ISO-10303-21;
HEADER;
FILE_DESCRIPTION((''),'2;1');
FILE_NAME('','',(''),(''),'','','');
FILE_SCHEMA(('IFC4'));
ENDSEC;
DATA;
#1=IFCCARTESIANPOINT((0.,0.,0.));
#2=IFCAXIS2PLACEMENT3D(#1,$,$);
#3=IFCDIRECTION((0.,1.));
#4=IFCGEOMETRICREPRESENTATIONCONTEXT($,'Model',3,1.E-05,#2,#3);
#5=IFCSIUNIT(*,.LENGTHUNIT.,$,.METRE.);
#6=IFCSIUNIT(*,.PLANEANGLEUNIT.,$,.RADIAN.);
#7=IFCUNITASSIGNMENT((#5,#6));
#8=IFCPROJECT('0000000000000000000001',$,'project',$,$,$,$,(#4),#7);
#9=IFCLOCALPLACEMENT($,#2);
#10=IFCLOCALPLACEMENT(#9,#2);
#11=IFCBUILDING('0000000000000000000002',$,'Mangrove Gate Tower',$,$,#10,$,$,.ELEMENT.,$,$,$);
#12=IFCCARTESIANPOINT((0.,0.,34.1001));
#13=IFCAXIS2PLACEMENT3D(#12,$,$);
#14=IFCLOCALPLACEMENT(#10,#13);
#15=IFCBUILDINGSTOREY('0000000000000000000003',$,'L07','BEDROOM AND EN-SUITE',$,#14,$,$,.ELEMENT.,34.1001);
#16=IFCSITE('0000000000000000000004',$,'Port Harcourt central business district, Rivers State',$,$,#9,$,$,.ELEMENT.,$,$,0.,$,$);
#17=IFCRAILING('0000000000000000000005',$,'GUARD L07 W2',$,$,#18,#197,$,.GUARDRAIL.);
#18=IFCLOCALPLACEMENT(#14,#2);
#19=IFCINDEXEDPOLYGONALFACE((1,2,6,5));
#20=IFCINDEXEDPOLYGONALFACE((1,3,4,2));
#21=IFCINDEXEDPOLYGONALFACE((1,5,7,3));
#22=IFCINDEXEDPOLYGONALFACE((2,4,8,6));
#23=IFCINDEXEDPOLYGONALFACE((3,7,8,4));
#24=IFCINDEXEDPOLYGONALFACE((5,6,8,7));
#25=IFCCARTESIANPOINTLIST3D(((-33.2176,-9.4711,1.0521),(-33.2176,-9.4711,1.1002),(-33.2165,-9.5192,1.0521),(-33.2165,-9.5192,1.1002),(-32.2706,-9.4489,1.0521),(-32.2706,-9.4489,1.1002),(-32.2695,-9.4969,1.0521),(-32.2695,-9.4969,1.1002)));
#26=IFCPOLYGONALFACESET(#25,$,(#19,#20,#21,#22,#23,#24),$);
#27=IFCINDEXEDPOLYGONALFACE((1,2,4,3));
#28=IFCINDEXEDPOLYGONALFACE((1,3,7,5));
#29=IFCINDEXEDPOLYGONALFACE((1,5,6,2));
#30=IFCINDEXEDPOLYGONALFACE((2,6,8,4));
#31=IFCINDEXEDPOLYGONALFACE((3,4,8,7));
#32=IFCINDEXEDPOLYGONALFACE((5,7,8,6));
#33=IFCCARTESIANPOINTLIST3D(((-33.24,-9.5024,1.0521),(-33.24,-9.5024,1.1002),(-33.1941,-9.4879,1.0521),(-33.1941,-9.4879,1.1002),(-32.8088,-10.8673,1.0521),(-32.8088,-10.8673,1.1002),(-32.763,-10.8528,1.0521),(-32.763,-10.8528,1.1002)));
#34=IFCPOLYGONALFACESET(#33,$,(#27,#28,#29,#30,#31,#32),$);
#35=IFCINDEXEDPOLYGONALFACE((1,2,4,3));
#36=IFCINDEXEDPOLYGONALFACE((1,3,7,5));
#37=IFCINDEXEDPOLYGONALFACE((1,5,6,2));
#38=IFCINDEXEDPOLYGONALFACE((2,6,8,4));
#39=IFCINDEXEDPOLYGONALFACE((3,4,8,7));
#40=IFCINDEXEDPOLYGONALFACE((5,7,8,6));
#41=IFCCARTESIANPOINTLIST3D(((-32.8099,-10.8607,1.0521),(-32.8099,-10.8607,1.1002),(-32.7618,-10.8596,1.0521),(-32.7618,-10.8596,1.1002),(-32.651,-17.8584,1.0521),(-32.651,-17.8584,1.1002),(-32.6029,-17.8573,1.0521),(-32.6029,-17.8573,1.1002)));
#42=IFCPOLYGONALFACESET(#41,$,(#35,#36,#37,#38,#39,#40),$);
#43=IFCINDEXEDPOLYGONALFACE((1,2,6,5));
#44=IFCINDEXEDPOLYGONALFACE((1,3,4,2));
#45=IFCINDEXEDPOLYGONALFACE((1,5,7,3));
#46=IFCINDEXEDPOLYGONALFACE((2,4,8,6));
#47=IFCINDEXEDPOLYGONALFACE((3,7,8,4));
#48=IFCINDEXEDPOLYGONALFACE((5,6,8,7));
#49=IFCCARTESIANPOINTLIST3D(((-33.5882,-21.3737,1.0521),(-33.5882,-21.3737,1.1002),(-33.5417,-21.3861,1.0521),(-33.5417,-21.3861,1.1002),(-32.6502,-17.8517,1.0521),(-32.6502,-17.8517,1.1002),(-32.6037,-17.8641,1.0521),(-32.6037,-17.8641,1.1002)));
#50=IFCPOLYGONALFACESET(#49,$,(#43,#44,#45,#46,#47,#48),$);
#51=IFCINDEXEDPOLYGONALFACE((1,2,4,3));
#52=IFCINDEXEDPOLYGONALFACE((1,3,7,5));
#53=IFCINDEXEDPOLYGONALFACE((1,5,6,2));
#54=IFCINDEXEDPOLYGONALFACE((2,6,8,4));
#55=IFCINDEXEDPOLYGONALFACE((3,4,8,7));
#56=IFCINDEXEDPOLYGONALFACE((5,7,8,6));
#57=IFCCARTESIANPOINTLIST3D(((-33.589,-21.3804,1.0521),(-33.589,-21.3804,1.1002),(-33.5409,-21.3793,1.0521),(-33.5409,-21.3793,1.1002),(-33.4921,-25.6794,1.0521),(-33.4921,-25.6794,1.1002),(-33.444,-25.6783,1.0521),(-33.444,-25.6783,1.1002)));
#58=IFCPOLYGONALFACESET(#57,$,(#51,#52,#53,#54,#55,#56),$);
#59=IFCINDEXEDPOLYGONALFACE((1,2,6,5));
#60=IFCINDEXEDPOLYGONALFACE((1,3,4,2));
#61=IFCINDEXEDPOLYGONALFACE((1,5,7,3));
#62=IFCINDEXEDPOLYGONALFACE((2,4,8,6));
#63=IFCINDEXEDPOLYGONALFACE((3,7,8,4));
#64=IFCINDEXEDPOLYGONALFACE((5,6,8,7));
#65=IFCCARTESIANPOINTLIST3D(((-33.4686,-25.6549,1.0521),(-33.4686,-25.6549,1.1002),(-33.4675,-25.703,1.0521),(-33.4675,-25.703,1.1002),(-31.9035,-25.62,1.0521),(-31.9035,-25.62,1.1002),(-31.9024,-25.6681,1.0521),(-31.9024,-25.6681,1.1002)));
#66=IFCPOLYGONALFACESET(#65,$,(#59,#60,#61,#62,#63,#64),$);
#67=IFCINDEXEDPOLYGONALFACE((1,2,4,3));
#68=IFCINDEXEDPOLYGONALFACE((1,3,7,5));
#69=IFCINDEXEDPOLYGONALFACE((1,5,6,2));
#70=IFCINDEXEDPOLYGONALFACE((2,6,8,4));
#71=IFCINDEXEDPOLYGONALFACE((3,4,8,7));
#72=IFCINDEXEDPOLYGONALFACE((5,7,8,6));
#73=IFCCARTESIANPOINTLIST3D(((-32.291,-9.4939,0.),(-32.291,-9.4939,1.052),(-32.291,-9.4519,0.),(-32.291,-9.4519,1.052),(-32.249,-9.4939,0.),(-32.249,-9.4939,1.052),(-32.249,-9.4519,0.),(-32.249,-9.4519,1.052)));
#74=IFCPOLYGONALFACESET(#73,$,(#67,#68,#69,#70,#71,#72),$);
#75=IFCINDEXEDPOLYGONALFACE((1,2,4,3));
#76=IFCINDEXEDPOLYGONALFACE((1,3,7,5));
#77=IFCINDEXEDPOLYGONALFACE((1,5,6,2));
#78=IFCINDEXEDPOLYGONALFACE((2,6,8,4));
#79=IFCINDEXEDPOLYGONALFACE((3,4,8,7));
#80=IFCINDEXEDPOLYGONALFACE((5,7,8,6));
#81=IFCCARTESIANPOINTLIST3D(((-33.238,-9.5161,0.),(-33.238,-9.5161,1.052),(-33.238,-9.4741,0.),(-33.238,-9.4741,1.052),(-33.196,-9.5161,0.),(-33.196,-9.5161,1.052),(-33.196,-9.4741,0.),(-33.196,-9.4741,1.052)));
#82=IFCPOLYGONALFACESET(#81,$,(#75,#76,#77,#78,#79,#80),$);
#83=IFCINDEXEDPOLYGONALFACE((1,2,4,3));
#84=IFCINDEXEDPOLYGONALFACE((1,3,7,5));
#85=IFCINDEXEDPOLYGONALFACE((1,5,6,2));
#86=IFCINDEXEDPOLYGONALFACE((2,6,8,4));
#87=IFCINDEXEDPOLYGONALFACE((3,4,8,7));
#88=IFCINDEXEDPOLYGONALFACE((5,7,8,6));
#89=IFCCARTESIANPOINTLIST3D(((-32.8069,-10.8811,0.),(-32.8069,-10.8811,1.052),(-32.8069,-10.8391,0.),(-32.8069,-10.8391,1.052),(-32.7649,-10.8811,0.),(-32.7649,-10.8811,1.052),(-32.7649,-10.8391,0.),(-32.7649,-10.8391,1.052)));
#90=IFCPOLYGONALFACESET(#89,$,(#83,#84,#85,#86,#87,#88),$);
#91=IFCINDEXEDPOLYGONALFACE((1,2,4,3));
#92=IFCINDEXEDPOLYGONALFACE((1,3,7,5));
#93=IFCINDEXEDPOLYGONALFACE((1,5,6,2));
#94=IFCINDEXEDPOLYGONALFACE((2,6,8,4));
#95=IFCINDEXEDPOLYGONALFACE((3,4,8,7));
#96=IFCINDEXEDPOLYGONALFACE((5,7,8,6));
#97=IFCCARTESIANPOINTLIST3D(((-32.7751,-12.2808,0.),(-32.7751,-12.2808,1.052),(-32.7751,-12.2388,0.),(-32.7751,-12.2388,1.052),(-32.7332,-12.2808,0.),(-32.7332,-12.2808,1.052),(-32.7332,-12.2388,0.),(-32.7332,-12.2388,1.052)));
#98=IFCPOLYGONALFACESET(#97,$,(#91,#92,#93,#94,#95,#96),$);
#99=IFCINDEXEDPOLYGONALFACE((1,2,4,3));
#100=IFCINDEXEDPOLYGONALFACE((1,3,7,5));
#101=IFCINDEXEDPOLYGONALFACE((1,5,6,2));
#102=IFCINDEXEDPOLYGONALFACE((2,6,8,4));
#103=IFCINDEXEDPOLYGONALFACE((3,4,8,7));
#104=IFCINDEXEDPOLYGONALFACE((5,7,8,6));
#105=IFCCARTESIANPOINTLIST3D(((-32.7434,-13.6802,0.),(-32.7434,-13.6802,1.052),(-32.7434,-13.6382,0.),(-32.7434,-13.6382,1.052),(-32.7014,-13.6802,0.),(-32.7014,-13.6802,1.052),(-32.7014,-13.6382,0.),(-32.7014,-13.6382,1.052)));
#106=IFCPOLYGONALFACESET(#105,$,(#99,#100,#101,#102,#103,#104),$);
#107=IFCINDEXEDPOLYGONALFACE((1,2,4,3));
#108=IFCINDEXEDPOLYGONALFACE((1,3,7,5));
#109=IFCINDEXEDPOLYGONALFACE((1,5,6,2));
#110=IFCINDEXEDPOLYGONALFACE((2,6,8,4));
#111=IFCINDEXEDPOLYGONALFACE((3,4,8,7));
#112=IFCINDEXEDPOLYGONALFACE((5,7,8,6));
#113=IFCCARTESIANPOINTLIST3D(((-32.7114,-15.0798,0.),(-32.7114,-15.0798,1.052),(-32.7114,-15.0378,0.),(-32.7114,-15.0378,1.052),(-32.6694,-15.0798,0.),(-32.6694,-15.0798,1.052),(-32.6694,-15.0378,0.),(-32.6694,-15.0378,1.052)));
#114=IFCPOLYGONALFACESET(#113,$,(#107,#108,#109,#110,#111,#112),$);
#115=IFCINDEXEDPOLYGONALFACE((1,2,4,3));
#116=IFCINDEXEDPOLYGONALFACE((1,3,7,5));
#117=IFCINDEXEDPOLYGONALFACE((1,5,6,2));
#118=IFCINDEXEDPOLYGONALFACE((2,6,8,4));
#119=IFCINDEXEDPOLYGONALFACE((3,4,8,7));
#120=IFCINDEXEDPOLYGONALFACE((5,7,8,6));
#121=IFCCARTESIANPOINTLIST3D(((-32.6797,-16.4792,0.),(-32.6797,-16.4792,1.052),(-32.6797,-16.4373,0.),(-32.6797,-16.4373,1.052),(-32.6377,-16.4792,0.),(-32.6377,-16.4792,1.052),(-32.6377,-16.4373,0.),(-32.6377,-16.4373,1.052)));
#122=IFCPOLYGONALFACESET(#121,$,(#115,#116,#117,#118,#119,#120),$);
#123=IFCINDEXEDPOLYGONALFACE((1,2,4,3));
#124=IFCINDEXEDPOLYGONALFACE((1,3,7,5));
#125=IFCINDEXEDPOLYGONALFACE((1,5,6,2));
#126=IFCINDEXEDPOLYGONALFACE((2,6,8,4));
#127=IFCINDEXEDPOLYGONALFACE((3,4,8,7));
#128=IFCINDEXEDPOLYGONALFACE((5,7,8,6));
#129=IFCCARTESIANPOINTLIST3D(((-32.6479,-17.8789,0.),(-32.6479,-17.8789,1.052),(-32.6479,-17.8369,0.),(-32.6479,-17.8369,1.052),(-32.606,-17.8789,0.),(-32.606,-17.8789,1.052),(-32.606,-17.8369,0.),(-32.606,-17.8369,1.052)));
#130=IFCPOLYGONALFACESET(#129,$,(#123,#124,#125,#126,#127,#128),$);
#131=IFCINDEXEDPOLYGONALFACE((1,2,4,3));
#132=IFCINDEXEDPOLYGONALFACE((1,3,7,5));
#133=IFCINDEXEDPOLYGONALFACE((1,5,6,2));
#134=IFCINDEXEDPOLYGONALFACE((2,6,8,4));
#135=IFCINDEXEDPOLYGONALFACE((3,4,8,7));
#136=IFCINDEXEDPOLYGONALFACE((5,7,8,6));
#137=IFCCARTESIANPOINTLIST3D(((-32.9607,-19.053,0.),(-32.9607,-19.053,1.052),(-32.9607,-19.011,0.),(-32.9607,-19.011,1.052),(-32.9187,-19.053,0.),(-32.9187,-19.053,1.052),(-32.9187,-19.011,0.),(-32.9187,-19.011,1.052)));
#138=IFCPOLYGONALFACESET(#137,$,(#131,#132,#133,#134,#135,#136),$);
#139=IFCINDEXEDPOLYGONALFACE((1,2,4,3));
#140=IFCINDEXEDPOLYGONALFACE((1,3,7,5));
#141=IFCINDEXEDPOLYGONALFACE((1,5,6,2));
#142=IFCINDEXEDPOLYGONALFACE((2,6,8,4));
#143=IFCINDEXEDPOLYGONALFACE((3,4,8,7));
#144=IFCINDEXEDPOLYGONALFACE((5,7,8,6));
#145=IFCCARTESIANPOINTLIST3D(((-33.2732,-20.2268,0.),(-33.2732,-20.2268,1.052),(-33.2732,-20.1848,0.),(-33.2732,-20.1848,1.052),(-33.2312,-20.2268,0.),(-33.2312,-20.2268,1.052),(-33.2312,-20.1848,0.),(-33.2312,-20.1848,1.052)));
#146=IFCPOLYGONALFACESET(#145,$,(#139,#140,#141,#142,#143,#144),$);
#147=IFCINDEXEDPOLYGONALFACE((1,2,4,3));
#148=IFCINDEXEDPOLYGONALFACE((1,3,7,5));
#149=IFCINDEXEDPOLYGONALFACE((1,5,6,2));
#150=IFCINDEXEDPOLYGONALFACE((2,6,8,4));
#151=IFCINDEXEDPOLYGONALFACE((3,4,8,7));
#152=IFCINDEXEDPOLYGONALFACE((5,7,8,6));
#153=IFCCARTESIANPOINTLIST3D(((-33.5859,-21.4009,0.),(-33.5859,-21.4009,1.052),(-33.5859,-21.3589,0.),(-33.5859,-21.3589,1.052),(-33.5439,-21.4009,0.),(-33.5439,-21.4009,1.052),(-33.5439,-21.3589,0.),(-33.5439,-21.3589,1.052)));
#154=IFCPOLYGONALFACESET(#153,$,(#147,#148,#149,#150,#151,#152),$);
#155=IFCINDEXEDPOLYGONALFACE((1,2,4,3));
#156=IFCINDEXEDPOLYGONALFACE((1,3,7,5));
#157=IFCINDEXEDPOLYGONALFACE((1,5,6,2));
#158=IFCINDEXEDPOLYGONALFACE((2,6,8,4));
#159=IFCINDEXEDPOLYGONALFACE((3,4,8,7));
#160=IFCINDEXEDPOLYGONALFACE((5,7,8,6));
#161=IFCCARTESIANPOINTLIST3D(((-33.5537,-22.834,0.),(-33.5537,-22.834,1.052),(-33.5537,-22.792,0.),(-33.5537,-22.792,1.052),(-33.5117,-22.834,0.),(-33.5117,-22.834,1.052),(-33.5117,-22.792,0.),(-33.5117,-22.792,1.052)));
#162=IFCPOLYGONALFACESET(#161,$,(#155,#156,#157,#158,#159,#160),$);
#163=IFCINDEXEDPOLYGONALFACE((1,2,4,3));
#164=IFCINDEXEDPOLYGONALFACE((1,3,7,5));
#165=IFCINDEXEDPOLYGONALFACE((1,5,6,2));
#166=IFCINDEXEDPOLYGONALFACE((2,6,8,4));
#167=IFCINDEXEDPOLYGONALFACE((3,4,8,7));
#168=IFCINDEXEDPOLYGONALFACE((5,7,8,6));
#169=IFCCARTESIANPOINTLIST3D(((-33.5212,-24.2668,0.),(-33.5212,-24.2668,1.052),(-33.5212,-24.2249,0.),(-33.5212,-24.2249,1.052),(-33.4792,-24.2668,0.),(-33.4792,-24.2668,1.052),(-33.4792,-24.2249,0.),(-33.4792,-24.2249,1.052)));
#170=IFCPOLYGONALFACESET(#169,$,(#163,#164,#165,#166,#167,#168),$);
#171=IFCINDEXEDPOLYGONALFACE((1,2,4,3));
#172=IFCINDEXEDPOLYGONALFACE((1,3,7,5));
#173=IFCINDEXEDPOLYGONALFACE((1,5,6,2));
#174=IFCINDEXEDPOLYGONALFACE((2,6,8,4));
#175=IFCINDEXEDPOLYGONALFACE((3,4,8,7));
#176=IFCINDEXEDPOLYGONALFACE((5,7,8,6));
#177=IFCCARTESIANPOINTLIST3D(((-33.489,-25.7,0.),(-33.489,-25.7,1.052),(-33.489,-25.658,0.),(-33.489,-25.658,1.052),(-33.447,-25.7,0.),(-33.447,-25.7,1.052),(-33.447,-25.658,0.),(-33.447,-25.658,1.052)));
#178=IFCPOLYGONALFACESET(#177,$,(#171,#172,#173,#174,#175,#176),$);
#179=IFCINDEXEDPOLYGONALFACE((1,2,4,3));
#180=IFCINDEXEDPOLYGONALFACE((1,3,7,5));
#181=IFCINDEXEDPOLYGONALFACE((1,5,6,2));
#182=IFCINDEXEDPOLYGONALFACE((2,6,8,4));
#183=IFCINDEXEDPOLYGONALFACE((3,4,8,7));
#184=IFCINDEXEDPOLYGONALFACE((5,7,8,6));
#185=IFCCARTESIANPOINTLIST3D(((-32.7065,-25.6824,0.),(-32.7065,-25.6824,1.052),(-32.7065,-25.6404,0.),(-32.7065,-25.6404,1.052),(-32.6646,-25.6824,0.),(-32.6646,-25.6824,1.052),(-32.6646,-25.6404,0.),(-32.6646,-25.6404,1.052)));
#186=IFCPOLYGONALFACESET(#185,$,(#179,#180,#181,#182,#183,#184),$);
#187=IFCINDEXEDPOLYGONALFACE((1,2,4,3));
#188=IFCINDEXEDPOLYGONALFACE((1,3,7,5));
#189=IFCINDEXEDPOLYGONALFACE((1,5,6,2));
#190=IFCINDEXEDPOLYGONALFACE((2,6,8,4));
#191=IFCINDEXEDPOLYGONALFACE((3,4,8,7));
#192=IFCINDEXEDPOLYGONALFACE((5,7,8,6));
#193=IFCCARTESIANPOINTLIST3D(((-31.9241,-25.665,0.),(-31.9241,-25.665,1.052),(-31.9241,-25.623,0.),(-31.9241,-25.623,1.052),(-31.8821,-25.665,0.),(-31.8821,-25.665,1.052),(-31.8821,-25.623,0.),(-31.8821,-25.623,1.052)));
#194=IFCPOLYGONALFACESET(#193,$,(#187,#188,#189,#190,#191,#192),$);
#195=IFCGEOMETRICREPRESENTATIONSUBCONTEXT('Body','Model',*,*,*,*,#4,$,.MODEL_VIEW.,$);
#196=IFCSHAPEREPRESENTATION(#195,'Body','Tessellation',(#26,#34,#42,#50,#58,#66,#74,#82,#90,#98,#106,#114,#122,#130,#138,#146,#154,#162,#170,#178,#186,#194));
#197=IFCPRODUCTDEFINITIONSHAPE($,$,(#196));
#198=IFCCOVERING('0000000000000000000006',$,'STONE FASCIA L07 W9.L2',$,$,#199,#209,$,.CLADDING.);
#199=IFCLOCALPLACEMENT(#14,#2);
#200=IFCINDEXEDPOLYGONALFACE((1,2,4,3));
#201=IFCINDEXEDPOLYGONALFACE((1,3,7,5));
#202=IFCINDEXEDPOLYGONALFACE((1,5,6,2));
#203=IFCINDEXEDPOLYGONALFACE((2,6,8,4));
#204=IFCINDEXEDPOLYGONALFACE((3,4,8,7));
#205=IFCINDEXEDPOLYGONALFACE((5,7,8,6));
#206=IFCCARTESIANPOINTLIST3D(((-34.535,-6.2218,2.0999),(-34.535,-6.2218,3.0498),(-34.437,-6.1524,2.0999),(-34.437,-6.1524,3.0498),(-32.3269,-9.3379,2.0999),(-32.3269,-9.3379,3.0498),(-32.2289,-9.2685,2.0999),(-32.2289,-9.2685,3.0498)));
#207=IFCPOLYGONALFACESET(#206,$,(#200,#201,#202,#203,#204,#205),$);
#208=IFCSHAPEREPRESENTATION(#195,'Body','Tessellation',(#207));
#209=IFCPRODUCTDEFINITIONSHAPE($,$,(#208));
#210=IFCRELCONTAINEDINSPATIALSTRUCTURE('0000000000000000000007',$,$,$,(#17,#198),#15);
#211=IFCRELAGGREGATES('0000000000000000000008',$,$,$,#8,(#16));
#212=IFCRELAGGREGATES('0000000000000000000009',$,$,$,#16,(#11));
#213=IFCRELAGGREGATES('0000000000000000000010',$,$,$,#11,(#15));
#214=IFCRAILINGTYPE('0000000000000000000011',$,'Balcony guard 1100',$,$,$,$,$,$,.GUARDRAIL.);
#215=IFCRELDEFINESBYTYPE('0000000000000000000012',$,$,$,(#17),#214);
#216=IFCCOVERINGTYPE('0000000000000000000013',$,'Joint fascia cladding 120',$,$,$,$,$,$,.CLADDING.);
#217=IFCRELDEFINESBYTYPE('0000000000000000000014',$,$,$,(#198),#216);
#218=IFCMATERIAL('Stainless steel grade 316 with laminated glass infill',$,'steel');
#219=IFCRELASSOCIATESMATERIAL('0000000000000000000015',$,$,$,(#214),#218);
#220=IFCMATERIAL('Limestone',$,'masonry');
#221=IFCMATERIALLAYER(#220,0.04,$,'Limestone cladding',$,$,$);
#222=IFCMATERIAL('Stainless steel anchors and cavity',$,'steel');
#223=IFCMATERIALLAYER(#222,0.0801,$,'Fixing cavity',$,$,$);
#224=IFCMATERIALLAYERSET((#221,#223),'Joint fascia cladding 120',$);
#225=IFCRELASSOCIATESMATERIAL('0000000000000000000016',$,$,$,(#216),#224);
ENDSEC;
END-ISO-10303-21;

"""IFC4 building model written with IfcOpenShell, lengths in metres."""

from ifc_helpers import new_model, si_unit, direction, frame, frame_2d, origin, origin_2d, place, context, subcontext, project, spatial, rectangle, extrude, material, layer, layer_set, type_object, element, save


model = new_model("IFC4")

# Units and contexts
model_context = context("Model", 3, precision=1e-05, world=origin(), true_north=direction((0.0, 1.0)))
body_context = subcontext(model_context, "Body", "Model", "MODEL_VIEW")
ifc_project = project(units=[si_unit("LENGTHUNIT", "METRE"), si_unit("PLANEANGLEUNIT", "RADIAN")], contexts=[model_context])

# Site, building, storey
site_placement = place(None, origin())
site = spatial("IfcSite", under=ifc_project, at=site_placement, Name="Port Harcourt central business district, Rivers State", CompositionType="ELEMENT", RefElevation=0.0)
building_placement = place(site_placement, origin())
building = spatial("IfcBuilding", under=site, at=building_placement, Name="Mangrove Gate Tower", CompositionType="ELEMENT")
storey_placement = place(building_placement, frame((0.0, 0.0, 34.1001)))
storey = spatial("IfcBuildingStorey", under=building, at=storey_placement, Name="L07", Description="BEDROOM AND EN-SUITE", CompositionType="ELEMENT", Elevation=34.1001)

# Shared definitions
ifc_material_1 = material(Name="Limestone", Category="masonry")

# Railing
ifc_material_2 = material(Name="Stainless steel grade 316 with laminated glass infill", Category="steel")
railing_type = type_object("IfcRailingType", Name="Balcony guard 1100", PredefinedType="GUARDRAIL", material=ifc_material_2)
railing_placement = place(storey_placement, frame((-32.27, -9.4729, 0.0)))
element("IfcRailing", 1, at=railing_placement, inside=storey, type_object=railing_type, Name="GUARD L07 W2", PredefinedType="GUARDRAIL", context=body_context, shape_type="SweptSolid", body=[
    extrude(rectangle(XDim=0.0481, YDim=0.0481, at=origin_2d()), frame((0.0, 0.0, 1.0762), z_axis=(-0.999725, -0.023453, 0.0), x_axis=(0.023453, -0.999725, 0.0)), (0.0, 0.0, 1.0), 0.9473),
    extrude(rectangle(XDim=0.0481, YDim=0.0481, at=origin_2d()), frame((-0.947, -0.0222, 1.0762), z_axis=(0.301197, -0.953562, 0.0), x_axis=(0.953562, 0.301197, 0.0)), (0.0, 0.0, 1.0), 1.4314),
    extrude(rectangle(XDim=0.0481, YDim=0.0481, at=origin_2d()), frame((-0.5159, -1.3872, 1.0762), z_axis=(0.022706, -0.999742, 0.0), x_axis=(0.999742, 0.022706, 0.0)), (0.0, 0.0, 1.0), 6.9995),
    extrude(rectangle(XDim=0.0481, YDim=0.0481, at=origin_2d()), frame((-0.3569, -8.385, 1.0762), z_axis=(-0.257354, -0.966317, 0.0), x_axis=(0.966317, -0.257354, 0.0)), (0.0, 0.0, 1.0), 3.6448),
    extrude(rectangle(XDim=0.0481, YDim=0.0481, at=origin_2d()), frame((-1.2949, -11.907, 1.0762), z_axis=(0.02254, -0.999746, 0.0), x_axis=(0.999746, 0.02254, 0.0)), (0.0, 0.0, 1.0), 4.3),
    extrude(rectangle(XDim=0.0481, YDim=0.0481, at=origin_2d()), frame((-1.198, -16.2061, 1.0762), z_axis=(0.999751, 0.022303, 0.0), x_axis=(-0.022303, 0.999751, 0.0)), (0.0, 0.0, 1.0), 1.5654),
    extrude(rectangle(XDim=0.042, YDim=0.042, at=origin_2d()), origin(), (0.0, 0.0, 1.0), 1.052),
    extrude(rectangle(XDim=0.042, YDim=0.042, at=origin_2d()), frame((-0.947, -0.0222, 0.0)), (0.0, 0.0, 1.0), 1.052),
    extrude(rectangle(XDim=0.042, YDim=0.042, at=origin_2d()), frame((-0.5159, -1.3872, 0.0)), (0.0, 0.0, 1.0), 1.052),
    extrude(rectangle(XDim=0.042, YDim=0.042, at=origin_2d()), frame((-0.4841, -2.7869, 0.0)), (0.0, 0.0, 1.0), 1.052),
    extrude(rectangle(XDim=0.042, YDim=0.042, at=origin_2d()), frame((-0.4524, -4.1863, 0.0)), (0.0, 0.0, 1.0), 1.052),
    extrude(rectangle(XDim=0.042, YDim=0.042, at=origin_2d()), frame((-0.4204, -5.5859, 0.0)), (0.0, 0.0, 1.0), 1.052),
    extrude(rectangle(XDim=0.042, YDim=0.042, at=origin_2d()), frame((-0.3887, -6.9854, 0.0)), (0.0, 0.0, 1.0), 1.052),
    extrude(rectangle(XDim=0.042, YDim=0.042, at=origin_2d()), frame((-0.3569, -8.385, 0.0)), (0.0, 0.0, 1.0), 1.052),
    extrude(rectangle(XDim=0.042, YDim=0.042, at=origin_2d()), frame((-0.6697, -9.5591, 0.0)), (0.0, 0.0, 1.0), 1.052),
    extrude(rectangle(XDim=0.042, YDim=0.042, at=origin_2d()), frame((-0.9822, -10.7329, 0.0)), (0.0, 0.0, 1.0), 1.052),
    extrude(rectangle(XDim=0.042, YDim=0.042, at=origin_2d()), frame((-1.2949, -11.907, 0.0)), (0.0, 0.0, 1.0), 1.052),
    extrude(rectangle(XDim=0.042, YDim=0.042, at=origin_2d()), frame((-1.2627, -13.3401, 0.0)), (0.0, 0.0, 1.0), 1.052),
    extrude(rectangle(XDim=0.042, YDim=0.042, at=origin_2d()), frame((-1.2302, -14.7729, 0.0)), (0.0, 0.0, 1.0), 1.052),
    extrude(rectangle(XDim=0.042, YDim=0.042, at=origin_2d()), frame((-1.198, -16.2061, 0.0)), (0.0, 0.0, 1.0), 1.052),
    extrude(rectangle(XDim=0.042, YDim=0.042, at=origin_2d()), frame((-0.4155, -16.1885, 0.0)), (0.0, 0.0, 1.0), 1.052),
    extrude(rectangle(XDim=0.042, YDim=0.042, at=origin_2d()), frame((0.3669, -16.1711, 0.0)), (0.0, 0.0, 1.0), 1.052),
])

# Covering
ifc_layer_1 = layer(ifc_material_1, 0.04, Name="Limestone cladding")
ifc_material_3 = material(Name="Stainless steel anchors and cavity", Category="steel")
ifc_layer_2 = layer(ifc_material_3, 0.0801, Name="Fixing cavity")
ifc_layer_set_1 = layer_set([ifc_layer_1, ifc_layer_2], Name="Joint fascia cladding 120")
covering_type = type_object("IfcCoveringType", Name="Joint fascia cladding 120", PredefinedType="CLADDING", material=ifc_layer_set_1)
covering_placement = place(storey_placement, frame((-34.4861, -6.187, 2.0999), z_axis=(0.0, 0.0, 1.0), x_axis=(0.578168, -0.815918, 0.0)))
element("IfcCovering", 2, at=covering_placement, inside=storey, type_object=covering_type, Name="STONE FASCIA L07 W9.L2", PredefinedType="CLADDING", context=body_context, shape_type="SweptSolid", body=[
    extrude(rectangle(XDim=3.8191, YDim=0.1201, at=frame_2d((1.9097, 0.0))), origin(), (0.0, 0.0, 1.0), 0.95),
])

save(model, "model.ifc")
